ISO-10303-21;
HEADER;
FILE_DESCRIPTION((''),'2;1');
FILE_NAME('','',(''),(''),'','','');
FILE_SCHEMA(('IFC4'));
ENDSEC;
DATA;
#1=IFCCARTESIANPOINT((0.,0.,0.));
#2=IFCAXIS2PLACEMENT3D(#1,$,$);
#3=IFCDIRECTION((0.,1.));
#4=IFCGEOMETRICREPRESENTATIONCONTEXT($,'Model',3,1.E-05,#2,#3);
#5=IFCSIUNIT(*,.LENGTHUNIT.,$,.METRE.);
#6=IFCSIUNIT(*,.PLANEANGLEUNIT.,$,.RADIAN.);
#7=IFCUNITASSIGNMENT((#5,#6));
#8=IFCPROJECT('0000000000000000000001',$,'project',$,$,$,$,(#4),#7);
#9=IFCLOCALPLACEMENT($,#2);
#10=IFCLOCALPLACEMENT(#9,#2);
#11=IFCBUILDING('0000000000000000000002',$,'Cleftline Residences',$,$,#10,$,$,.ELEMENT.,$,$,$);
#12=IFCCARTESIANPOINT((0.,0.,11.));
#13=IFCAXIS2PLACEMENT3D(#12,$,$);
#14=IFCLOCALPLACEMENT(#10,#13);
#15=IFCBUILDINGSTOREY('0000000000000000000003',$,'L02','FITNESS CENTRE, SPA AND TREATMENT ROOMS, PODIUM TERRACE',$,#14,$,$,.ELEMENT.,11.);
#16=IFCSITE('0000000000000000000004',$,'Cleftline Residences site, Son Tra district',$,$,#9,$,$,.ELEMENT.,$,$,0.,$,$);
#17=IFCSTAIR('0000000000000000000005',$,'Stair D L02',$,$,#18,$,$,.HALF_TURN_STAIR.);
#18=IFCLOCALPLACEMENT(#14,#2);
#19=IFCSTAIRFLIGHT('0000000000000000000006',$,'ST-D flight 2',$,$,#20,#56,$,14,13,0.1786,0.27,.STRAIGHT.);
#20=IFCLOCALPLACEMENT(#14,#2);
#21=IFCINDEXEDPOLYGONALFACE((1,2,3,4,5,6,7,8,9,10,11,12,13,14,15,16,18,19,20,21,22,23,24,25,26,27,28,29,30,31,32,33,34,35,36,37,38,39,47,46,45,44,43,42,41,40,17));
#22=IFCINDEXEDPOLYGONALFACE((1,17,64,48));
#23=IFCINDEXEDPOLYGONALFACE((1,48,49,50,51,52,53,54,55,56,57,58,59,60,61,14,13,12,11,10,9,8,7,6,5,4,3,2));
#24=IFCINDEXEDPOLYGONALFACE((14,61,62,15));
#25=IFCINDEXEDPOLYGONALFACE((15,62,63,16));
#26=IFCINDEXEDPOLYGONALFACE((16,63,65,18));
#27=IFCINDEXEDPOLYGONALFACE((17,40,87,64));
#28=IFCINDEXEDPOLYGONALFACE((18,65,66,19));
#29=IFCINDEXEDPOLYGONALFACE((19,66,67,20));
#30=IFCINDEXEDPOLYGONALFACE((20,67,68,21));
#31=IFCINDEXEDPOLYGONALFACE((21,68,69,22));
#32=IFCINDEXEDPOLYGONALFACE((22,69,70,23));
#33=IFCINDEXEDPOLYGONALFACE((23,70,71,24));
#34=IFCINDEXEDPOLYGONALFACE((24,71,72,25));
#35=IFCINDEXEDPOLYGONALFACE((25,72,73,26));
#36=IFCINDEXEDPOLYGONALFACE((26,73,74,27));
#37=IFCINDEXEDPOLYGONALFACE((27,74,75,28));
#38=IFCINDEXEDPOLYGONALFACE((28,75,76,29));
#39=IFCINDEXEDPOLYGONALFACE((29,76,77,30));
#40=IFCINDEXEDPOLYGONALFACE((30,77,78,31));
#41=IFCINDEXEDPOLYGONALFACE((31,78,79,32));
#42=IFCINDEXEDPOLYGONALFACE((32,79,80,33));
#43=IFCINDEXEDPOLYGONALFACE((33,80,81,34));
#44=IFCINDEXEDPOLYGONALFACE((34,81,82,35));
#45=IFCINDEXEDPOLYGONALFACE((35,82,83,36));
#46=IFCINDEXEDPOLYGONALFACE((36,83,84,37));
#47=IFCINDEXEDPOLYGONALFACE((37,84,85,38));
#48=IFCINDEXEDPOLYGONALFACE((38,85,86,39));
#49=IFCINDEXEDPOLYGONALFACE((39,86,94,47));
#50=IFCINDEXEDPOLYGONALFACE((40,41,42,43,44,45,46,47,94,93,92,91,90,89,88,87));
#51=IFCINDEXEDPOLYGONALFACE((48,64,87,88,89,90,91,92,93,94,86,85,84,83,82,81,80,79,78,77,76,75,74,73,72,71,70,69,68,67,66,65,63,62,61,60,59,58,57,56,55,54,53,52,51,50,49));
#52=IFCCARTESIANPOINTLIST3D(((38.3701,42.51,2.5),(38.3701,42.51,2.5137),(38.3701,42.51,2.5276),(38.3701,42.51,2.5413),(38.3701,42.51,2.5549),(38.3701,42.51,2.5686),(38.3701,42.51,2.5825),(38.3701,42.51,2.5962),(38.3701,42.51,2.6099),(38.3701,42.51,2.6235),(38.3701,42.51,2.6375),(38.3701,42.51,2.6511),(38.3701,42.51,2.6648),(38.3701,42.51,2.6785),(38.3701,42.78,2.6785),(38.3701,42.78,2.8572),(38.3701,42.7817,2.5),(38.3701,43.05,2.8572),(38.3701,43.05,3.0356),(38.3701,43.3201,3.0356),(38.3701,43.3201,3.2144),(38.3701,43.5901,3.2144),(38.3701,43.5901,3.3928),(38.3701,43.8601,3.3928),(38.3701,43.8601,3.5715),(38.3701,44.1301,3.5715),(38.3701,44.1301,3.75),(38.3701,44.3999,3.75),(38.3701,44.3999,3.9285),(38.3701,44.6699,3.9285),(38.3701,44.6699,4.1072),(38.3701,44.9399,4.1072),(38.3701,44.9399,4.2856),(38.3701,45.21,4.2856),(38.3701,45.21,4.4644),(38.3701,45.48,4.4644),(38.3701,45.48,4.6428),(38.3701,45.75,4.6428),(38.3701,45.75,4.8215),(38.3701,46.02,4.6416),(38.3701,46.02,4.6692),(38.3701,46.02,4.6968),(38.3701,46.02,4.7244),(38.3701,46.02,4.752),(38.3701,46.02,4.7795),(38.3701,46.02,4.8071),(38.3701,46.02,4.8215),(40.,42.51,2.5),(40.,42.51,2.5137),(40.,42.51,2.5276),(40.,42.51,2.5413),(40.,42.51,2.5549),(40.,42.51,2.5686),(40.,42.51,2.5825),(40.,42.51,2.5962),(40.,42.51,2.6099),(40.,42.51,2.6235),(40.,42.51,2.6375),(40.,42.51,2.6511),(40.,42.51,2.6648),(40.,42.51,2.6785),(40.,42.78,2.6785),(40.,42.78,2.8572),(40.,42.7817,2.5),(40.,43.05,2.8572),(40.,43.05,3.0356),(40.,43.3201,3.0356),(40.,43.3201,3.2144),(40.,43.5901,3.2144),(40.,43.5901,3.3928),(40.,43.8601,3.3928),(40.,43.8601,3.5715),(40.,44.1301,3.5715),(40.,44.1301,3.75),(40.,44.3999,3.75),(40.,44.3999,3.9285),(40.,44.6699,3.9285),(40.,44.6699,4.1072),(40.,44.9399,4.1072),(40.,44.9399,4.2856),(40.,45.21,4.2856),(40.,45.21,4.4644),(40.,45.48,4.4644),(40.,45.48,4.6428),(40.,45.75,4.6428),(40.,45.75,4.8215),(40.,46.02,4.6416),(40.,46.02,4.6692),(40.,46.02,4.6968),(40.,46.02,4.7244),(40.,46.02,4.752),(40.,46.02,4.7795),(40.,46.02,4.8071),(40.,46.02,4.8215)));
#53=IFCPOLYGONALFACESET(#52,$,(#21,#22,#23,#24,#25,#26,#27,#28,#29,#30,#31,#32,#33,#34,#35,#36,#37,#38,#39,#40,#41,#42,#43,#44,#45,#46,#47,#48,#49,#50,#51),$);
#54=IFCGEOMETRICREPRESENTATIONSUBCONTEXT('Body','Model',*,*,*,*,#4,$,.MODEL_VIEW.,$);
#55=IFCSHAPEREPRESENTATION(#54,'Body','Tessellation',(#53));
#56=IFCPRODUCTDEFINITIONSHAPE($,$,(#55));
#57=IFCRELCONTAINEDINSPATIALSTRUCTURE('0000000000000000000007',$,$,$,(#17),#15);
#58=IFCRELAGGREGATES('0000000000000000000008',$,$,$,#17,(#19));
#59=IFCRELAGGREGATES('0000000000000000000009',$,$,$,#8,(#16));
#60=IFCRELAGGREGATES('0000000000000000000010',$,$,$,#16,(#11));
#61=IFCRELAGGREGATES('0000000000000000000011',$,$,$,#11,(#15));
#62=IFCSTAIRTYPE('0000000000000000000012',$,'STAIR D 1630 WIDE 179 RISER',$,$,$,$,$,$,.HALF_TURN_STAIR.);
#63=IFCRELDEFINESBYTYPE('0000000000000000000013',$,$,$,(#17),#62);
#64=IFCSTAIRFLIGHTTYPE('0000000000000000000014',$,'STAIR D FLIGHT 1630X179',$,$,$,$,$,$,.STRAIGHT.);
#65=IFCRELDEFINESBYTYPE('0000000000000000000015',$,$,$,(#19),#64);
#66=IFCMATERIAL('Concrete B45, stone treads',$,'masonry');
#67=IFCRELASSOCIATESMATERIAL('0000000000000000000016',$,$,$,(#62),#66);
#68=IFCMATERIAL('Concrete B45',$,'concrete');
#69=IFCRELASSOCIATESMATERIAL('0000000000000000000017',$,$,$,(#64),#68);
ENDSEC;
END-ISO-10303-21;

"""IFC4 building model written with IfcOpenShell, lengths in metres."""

from ifc_helpers import new_model, si_unit, direction, frame, origin, place, context, subcontext, project, spatial, polyline, outline, extrude, material, type_object, element, aggregate, save


model = new_model("IFC4")

# Units and contexts
model_context = context("Model", 3, precision=1e-05, world=origin(), true_north=direction((0.0, 1.0)))
body_context = subcontext(model_context, "Body", "Model", "MODEL_VIEW")
ifc_project = project(units=[si_unit("LENGTHUNIT", "METRE"), si_unit("PLANEANGLEUNIT", "RADIAN")], contexts=[model_context])

# Site, building, storey
site_placement = place(None, origin())
site = spatial("IfcSite", under=ifc_project, at=site_placement, Name="Cleftline Residences site, Son Tra district", CompositionType="ELEMENT", RefElevation=0.0)
building_placement = place(site_placement, origin())
building = spatial("IfcBuilding", under=site, at=building_placement, Name="Cleftline Residences", CompositionType="ELEMENT")
storey_placement = place(building_placement, frame((0.0, 0.0, 11.0)))
storey = spatial("IfcBuildingStorey", under=building, at=storey_placement, Name="L02", Description="FITNESS CENTRE, SPA AND TREATMENT ROOMS, PODIUM TERRACE", CompositionType="ELEMENT", Elevation=11.0)

# Stair, stair flight
ifc_material_1 = material(Name="Concrete B45, stone treads", Category="masonry")
stair_type_1 = type_object("IfcStairType", Name="STAIR D 1630 WIDE 179 RISER", PredefinedType="HALF_TURN_STAIR", material=ifc_material_1)
stair_1_placement = place(storey_placement, origin())
stair_1 = element("IfcStair", 1, at=stair_1_placement, inside=storey, type_object=stair_type_1, Name="Stair D L02", PredefinedType="HALF_TURN_STAIR")
ifc_material_2 = material(Name="Concrete B45", Category="concrete")
stair_flight_type_1 = type_object("IfcStairFlightType", Name="STAIR D FLIGHT 1630X179", PredefinedType="STRAIGHT", material=ifc_material_2)
stair_flight_1_placement = place(storey_placement, frame((39.1851, 42.51, 2.5), z_axis=(0.0, 0.0, 1.0), x_axis=(0.0, 1.0, 0.0)))
stair_flight_1 = element("IfcStairFlight", 2, at=stair_flight_1_placement, type_object=stair_flight_type_1, Name="ST-D flight 2", NumberOfRisers=14, NumberOfTreads=13, PredefinedType="STRAIGHT", RiserHeight=0.1786, TreadLength=0.27, context=body_context, shape_type="SweptSolid", body=[
    extrude(outline(polyline([(0.0, 0.0), (0.0, 0.0137), (0.0, 0.0276), (0.0, 0.0413), (0.0, 0.0549), (0.0, 0.0686), (0.0, 0.0825), (0.0, 0.0962), (0.0, 0.1099), (0.0, 0.1235), (0.0, 0.1375), (0.0, 0.1511), (0.0, 0.1648), (0.0, 0.1785), (0.27, 0.1785), (0.27, 0.3572), (0.54, 0.3572), (0.54, 0.5356), (0.8101, 0.5356), (0.8101, 0.7144), (1.0801, 0.7144), (1.0801, 0.8928), (1.3501, 0.8928), (1.3501, 1.0715), (1.6201, 1.0715), (1.6201, 1.25), (1.8899, 1.25), (1.8899, 1.4285), (2.1599, 1.4285), (2.1599, 1.6072), (2.4299, 1.6072), (2.4299, 1.7856), (2.7, 1.7856), (2.7, 1.9644), (2.97, 1.9644), (2.97, 2.1428), (3.24, 2.1428), (3.24, 2.3215), (3.51, 2.3215), (3.51, 2.5), (3.51, 2.4724), (3.51, 2.4448), (3.51, 2.4172), (3.51, 2.3896), (3.51, 2.3623), (3.51, 2.3347), (3.51, 2.3071), (3.51, 2.2795), (3.51, 2.252), (3.51, 2.2244), (3.51, 2.1968), (3.51, 2.1692), (3.51, 2.1416), (0.2717, 0.0), (0.0, 0.0)])), frame((0.0, 0.8149, 0.0), z_axis=(0.0, -1.0, 0.0), x_axis=(1.0, 0.0, 0.0)), (0.0, 0.0, 1.0), 1.6299),
])
aggregate(stair_1, [stair_flight_1])

save(model, "model.ifc")
